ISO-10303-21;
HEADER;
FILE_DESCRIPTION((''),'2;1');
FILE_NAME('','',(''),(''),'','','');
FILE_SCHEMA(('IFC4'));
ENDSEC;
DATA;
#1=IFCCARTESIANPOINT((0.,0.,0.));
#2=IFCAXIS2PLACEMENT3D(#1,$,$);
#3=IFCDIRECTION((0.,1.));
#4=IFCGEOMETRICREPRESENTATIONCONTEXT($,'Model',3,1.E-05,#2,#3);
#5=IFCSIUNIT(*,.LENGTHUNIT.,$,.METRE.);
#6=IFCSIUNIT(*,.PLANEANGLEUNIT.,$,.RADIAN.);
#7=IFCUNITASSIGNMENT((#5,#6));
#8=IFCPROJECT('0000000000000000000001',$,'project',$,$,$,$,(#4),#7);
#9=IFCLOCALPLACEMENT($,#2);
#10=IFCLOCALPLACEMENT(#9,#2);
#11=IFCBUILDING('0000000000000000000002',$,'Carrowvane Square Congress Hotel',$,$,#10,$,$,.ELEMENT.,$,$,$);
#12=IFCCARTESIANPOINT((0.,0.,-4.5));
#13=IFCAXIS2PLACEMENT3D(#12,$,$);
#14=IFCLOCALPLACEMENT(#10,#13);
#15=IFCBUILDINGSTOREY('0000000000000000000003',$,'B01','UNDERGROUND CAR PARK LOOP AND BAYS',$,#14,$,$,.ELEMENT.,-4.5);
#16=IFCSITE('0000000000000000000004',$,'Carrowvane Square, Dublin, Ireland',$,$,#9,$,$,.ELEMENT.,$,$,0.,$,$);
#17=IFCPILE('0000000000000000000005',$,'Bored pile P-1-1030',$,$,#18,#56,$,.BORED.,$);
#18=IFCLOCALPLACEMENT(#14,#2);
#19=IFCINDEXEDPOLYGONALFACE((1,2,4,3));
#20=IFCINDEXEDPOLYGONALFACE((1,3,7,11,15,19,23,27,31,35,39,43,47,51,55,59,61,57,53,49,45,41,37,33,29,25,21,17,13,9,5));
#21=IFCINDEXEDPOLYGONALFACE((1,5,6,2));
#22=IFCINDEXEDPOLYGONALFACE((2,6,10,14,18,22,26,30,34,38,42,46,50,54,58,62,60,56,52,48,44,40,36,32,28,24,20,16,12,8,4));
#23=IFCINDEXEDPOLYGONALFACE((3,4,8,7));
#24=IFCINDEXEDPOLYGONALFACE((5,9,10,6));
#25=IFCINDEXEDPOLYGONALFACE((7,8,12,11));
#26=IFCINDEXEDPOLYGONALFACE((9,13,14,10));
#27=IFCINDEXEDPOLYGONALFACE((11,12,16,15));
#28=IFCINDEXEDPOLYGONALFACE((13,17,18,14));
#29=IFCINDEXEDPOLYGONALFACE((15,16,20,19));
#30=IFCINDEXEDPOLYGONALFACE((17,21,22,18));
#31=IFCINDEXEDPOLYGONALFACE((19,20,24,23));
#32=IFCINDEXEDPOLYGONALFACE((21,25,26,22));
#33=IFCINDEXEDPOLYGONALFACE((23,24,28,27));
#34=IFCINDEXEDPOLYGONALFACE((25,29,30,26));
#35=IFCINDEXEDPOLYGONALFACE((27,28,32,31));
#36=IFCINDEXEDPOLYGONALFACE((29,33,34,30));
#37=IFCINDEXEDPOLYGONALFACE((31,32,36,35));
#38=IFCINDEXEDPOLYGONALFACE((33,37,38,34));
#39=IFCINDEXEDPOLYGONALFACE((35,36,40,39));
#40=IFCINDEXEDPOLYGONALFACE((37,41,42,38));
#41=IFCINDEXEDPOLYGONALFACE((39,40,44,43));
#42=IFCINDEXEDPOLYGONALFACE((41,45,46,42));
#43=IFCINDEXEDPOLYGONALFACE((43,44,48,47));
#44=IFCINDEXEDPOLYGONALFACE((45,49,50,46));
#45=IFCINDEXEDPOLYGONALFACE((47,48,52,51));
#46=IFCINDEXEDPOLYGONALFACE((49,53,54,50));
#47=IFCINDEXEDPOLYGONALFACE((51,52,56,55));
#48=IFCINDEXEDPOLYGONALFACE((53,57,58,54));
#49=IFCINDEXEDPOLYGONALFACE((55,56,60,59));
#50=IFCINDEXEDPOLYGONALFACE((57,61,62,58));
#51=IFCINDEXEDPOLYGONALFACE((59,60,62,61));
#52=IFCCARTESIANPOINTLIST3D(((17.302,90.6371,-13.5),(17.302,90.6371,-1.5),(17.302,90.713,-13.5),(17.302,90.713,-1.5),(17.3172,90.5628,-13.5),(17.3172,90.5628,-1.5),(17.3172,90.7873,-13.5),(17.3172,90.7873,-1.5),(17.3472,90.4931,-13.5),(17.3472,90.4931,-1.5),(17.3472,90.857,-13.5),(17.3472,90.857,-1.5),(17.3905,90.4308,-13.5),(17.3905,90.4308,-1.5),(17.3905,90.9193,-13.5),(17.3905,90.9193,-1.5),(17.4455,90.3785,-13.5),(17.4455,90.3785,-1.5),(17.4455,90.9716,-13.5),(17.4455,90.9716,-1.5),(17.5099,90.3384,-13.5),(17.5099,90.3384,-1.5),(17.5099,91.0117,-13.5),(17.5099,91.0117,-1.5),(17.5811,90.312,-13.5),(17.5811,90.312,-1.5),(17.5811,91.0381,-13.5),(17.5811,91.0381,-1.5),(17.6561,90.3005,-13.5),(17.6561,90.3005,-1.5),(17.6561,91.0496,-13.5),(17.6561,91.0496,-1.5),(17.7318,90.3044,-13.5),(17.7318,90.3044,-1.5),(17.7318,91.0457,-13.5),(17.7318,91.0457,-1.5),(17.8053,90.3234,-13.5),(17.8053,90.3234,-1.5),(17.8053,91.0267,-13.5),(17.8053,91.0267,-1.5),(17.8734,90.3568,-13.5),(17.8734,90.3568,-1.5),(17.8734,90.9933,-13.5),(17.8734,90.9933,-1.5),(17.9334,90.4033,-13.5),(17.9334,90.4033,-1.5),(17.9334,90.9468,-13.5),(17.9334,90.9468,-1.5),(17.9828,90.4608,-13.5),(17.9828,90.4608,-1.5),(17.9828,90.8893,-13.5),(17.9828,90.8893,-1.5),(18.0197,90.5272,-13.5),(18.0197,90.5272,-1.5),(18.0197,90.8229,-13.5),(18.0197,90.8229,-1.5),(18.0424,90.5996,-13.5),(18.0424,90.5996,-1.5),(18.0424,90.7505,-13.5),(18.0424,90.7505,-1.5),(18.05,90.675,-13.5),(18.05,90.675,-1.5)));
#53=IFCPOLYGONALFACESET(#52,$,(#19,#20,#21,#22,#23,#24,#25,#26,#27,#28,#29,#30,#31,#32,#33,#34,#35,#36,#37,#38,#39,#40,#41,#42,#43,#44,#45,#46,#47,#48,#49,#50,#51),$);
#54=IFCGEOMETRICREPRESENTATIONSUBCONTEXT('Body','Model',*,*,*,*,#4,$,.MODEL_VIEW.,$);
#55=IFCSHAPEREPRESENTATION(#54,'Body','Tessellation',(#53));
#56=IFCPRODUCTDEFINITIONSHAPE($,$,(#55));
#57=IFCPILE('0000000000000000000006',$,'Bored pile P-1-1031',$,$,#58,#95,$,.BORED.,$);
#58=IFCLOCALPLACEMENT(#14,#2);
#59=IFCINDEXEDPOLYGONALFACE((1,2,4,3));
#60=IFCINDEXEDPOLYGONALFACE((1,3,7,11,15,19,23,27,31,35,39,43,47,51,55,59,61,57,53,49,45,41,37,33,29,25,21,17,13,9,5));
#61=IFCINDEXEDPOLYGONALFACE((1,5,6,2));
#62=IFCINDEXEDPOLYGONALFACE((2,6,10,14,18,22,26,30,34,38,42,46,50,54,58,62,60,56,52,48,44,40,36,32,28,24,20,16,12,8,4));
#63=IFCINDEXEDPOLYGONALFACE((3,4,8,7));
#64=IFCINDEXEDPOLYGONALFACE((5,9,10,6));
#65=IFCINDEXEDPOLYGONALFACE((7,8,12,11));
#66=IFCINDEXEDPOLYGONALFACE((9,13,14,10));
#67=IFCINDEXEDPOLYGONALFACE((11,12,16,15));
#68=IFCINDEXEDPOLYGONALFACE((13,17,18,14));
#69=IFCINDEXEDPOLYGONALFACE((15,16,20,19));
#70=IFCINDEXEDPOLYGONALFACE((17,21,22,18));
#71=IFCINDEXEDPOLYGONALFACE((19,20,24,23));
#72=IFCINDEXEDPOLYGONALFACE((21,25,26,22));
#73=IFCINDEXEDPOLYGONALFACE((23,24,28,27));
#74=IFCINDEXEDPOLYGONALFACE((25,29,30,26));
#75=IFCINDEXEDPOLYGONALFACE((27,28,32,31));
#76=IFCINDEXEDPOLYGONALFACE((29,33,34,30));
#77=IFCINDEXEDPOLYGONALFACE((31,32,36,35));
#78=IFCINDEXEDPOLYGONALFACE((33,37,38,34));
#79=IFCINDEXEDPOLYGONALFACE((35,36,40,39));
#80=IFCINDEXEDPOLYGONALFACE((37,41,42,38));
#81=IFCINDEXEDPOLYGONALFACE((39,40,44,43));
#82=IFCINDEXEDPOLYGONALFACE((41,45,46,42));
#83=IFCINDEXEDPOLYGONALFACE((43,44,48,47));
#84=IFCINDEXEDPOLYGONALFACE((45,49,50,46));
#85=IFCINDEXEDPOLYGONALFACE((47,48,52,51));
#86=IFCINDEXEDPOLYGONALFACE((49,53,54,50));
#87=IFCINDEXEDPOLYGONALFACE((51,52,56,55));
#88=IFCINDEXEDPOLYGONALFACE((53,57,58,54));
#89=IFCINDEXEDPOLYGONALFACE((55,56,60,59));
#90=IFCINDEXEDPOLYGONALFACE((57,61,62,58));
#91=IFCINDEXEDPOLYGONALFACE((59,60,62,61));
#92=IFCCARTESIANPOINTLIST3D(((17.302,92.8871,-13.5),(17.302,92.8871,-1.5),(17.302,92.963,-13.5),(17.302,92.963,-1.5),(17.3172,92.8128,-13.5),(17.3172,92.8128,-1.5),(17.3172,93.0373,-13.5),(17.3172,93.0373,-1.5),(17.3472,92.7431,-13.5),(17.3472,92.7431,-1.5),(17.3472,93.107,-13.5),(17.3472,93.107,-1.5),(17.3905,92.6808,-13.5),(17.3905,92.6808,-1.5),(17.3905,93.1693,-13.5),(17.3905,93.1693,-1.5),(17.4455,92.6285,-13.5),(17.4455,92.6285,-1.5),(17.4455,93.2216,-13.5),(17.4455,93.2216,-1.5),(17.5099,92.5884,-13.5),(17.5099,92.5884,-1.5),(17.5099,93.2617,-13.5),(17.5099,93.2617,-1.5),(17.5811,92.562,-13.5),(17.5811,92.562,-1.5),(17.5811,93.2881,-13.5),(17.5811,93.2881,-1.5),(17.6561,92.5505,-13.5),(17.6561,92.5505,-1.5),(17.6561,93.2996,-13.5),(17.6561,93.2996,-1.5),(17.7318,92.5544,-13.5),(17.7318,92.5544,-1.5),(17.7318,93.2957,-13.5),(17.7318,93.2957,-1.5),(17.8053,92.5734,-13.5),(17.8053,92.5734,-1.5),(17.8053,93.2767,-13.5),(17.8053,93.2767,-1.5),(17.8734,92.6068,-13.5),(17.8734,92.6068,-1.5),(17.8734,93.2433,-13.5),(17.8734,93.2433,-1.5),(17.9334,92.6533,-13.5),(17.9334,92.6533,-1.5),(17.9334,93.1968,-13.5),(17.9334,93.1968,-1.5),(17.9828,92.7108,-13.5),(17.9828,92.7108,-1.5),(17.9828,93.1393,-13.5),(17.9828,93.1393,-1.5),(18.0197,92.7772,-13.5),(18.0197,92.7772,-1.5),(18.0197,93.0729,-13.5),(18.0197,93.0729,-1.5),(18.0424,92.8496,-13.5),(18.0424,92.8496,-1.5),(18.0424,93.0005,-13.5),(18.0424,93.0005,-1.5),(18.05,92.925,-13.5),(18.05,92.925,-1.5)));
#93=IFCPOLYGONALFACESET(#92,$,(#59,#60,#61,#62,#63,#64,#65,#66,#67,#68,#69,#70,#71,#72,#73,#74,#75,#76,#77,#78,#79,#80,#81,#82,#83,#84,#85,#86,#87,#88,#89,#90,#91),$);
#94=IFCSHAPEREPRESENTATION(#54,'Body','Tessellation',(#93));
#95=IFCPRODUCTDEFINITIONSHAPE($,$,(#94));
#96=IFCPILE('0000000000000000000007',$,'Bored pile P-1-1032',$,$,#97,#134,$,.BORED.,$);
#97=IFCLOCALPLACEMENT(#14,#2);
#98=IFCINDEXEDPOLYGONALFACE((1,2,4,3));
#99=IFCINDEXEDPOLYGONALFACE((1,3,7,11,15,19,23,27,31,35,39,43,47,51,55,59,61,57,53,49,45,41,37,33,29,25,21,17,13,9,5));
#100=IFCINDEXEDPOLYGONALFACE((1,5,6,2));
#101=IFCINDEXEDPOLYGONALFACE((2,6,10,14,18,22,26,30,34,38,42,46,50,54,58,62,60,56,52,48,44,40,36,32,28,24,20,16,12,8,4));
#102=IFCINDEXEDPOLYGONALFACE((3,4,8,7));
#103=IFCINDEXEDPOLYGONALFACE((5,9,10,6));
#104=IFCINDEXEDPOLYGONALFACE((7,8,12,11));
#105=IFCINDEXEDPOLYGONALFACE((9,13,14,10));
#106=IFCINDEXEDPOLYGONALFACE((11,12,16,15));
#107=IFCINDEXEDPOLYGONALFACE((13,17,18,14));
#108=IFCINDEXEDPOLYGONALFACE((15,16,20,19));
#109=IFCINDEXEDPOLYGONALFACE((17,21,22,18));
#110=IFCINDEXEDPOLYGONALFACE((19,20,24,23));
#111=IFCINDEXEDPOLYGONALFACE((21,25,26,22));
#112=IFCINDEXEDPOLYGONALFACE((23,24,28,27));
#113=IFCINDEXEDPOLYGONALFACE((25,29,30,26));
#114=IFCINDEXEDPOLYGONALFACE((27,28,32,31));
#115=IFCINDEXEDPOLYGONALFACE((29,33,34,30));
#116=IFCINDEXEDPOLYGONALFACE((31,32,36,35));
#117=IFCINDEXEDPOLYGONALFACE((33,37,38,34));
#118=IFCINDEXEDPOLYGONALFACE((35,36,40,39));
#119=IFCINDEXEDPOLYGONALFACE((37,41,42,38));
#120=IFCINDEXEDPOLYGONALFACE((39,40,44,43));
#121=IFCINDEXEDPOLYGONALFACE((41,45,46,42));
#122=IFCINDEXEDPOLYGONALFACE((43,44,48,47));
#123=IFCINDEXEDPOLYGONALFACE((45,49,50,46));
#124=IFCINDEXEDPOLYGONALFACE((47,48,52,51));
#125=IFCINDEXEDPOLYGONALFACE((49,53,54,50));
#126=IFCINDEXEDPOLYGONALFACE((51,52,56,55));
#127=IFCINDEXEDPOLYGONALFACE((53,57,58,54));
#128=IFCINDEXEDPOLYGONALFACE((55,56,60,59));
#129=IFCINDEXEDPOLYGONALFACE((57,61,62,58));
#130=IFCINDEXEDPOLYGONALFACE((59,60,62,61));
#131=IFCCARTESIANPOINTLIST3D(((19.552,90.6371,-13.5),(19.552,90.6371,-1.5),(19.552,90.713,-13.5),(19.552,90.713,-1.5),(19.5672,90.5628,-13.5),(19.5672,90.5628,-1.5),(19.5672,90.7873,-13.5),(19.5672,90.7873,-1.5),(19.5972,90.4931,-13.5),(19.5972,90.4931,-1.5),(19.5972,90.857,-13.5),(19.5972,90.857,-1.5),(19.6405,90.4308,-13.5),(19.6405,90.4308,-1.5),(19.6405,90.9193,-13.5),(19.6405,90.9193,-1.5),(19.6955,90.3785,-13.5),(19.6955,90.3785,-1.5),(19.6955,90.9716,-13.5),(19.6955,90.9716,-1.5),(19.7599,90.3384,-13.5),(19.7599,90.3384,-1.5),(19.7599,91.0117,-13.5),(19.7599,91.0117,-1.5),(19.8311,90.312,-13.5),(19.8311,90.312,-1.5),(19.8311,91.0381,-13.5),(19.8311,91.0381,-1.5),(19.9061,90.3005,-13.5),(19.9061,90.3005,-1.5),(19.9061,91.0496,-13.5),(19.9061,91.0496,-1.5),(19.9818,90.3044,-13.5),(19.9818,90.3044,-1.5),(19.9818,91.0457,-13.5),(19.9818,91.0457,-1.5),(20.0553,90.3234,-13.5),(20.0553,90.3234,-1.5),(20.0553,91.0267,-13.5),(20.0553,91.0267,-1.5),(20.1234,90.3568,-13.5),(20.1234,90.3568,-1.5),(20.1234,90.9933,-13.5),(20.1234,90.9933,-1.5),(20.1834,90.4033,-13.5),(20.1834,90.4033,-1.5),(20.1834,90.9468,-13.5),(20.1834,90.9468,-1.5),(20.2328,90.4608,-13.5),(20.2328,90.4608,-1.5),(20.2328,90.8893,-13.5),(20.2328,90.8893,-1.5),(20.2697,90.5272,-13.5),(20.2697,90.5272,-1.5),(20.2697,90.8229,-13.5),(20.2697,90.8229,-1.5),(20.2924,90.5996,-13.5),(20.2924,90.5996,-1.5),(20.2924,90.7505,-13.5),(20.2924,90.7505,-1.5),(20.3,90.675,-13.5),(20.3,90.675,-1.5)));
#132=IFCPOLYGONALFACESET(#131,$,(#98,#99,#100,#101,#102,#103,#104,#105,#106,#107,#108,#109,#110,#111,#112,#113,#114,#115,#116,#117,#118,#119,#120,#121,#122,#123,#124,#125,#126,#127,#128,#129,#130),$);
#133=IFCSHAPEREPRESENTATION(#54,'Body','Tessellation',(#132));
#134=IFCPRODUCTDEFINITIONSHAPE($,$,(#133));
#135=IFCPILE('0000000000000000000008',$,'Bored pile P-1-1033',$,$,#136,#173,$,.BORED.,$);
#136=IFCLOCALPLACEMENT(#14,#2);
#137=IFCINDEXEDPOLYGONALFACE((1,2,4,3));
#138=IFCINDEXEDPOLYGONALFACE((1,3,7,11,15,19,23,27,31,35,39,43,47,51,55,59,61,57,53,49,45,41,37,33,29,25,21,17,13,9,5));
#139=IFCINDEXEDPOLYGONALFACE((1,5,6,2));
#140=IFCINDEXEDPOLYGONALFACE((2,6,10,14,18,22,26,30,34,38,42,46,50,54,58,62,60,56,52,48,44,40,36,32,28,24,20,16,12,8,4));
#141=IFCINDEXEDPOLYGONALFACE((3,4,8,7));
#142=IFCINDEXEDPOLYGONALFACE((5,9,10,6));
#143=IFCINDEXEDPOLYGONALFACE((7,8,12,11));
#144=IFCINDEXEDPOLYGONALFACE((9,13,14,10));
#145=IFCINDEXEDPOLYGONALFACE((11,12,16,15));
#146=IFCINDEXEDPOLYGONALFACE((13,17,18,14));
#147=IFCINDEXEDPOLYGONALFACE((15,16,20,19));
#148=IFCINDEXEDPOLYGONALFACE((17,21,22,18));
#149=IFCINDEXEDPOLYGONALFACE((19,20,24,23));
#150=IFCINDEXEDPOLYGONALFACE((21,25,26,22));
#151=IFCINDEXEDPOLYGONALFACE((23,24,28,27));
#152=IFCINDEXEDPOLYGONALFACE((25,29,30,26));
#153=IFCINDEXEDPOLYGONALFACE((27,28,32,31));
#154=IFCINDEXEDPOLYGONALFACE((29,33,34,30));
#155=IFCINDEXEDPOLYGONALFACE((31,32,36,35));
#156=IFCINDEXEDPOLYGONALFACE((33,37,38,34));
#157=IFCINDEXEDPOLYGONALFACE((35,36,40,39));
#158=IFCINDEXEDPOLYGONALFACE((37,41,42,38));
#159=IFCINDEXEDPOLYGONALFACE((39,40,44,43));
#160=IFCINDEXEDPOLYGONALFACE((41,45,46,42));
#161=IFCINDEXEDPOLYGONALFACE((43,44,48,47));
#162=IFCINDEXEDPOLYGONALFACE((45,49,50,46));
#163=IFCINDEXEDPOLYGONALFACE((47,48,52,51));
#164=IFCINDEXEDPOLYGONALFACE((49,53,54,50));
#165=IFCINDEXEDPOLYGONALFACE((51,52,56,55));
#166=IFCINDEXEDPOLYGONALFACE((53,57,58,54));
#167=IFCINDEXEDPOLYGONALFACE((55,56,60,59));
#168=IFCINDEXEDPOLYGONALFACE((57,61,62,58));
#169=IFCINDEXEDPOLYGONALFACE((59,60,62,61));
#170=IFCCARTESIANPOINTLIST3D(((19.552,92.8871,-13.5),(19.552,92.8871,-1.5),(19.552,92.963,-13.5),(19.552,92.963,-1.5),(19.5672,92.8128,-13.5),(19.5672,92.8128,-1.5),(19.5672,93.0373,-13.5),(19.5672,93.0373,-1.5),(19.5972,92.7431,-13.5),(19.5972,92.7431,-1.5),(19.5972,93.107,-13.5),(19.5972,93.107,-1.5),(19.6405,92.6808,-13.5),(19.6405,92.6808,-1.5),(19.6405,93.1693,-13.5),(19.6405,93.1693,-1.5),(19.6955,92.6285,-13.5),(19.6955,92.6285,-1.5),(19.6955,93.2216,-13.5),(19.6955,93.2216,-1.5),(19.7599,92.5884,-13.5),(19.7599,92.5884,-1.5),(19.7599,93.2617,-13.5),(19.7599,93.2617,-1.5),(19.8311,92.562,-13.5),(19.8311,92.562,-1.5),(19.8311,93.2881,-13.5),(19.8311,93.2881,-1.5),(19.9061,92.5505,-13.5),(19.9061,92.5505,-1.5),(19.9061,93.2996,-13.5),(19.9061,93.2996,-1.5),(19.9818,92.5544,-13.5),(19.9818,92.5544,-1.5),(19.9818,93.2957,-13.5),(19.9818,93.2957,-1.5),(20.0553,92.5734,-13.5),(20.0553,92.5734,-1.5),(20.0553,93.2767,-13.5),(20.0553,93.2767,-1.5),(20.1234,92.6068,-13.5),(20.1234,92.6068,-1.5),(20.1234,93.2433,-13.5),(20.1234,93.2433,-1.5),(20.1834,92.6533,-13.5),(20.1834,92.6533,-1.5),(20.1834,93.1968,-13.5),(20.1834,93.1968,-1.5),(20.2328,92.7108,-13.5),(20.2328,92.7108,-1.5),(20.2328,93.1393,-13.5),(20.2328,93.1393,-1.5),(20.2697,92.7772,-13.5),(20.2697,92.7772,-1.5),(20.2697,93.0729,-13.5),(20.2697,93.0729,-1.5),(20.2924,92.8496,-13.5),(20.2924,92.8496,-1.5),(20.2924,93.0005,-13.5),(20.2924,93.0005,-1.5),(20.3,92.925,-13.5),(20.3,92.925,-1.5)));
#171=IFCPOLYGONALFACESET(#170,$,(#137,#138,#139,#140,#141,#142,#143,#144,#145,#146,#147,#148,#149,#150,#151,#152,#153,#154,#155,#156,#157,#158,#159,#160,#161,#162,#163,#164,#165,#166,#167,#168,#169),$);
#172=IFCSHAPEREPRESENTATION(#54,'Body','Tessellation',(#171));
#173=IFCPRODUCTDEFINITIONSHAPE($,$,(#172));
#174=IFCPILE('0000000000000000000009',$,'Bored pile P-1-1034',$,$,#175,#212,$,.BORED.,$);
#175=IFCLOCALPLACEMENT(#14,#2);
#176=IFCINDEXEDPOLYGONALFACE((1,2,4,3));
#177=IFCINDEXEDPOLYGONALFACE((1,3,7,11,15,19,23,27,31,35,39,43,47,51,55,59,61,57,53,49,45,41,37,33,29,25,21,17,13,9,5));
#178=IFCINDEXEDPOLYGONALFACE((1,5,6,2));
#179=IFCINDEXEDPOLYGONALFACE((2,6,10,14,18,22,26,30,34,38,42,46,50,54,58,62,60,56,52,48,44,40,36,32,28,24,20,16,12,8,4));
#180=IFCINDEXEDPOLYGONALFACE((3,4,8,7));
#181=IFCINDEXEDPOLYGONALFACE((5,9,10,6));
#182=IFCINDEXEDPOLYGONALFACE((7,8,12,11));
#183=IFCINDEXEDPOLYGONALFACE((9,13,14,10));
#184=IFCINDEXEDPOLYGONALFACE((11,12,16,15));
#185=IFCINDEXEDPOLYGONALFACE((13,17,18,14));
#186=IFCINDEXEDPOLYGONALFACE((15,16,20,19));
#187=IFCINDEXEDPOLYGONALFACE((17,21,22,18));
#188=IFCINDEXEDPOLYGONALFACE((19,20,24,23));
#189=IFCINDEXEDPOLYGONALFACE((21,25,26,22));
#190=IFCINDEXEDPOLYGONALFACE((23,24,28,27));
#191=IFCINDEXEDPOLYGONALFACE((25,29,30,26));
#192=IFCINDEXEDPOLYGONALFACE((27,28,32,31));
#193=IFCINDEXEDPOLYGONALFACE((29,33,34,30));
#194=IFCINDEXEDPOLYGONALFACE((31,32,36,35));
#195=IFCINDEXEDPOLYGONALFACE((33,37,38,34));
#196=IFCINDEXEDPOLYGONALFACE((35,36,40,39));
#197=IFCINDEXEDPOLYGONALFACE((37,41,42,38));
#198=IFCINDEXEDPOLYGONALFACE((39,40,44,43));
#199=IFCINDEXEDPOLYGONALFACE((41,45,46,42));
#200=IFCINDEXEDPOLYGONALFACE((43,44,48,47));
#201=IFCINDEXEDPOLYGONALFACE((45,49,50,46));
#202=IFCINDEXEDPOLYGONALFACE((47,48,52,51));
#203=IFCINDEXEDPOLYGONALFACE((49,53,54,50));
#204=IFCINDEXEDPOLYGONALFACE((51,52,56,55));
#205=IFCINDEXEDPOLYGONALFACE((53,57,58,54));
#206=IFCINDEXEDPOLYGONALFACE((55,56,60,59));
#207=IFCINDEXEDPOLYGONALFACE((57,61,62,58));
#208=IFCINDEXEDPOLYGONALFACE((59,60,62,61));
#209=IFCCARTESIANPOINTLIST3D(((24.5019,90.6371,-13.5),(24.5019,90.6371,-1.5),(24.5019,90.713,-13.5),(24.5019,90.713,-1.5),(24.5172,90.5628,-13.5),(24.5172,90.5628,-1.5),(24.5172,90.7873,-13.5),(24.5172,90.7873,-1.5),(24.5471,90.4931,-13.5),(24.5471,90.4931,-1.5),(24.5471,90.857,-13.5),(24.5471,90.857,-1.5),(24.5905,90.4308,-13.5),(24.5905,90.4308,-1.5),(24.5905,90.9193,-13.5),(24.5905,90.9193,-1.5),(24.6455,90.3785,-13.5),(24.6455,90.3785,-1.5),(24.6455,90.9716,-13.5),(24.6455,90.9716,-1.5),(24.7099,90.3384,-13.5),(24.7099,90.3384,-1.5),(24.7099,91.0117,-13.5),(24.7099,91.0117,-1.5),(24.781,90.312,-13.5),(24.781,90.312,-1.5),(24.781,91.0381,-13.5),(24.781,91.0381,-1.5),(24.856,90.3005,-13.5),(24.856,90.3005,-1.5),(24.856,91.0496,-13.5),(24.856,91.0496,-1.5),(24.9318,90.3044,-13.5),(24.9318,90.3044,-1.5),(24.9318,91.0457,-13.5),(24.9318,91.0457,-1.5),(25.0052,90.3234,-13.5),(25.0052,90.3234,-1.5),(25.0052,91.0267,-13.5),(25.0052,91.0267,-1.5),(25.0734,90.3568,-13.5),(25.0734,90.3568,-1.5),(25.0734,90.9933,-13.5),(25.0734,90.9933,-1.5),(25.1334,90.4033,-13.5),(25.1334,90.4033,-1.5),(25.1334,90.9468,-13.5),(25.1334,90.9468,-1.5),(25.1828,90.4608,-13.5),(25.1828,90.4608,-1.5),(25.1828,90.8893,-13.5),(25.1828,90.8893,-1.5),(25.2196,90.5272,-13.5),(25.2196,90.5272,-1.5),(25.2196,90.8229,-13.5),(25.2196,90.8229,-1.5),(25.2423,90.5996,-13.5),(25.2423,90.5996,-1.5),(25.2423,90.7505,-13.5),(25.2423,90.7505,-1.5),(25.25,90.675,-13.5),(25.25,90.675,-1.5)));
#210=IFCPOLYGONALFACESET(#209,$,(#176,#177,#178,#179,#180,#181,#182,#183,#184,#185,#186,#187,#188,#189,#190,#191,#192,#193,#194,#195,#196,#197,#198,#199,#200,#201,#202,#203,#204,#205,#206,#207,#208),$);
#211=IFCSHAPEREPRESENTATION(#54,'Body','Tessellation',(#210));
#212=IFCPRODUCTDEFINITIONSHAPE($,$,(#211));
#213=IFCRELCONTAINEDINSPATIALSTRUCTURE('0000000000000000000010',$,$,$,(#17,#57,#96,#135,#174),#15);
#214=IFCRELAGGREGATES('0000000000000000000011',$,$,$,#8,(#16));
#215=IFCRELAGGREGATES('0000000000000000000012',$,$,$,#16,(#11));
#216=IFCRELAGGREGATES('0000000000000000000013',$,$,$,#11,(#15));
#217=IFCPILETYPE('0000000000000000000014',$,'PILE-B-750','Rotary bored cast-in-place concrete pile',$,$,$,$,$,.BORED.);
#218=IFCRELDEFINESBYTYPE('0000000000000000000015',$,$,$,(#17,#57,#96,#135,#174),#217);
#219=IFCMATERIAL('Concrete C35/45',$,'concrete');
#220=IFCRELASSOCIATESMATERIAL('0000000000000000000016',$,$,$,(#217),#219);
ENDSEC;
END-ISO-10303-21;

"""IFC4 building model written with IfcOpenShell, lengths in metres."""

from ifc_helpers import new_model, si_unit, direction, frame, origin, origin_2d, place, context, subcontext, project, spatial, circle, extrude, material, material_profile, profile_set, type_object, element, save


model = new_model("IFC4")

# Units and contexts
model_context = context("Model", 3, precision=1e-05, world=origin(), true_north=direction((0.0, 1.0)))
body_context = subcontext(model_context, "Body", "Model", "MODEL_VIEW")
ifc_project = project(units=[si_unit("LENGTHUNIT", "METRE"), si_unit("PLANEANGLEUNIT", "RADIAN")], contexts=[model_context])

# Site, building, storey
site_placement = place(None, origin())
site = spatial("IfcSite", under=ifc_project, at=site_placement, Name="Carrowvane Square, Dublin, Ireland", CompositionType="ELEMENT", RefElevation=0.0)
building_placement = place(site_placement, origin())
building = spatial("IfcBuilding", under=site, at=building_placement, Name="Carrowvane Square Congress Hotel", CompositionType="ELEMENT")
storey_placement = place(building_placement, frame((0.0, 0.0, -4.5)))
storey = spatial("IfcBuildingStorey", under=building, at=storey_placement, Name="B01", Description="UNDERGROUND CAR PARK LOOP AND BAYS", CompositionType="ELEMENT", Elevation=-4.5)

# Piles
ifc_material_1 = material(Name="Concrete C35/45", Category="concrete")
ifc_material_profile_1 = material_profile(ifc_material_1, circle(Radius=0.375, at=origin_2d()), Name="PILE D750")
ifc_profile_set_1 = profile_set([ifc_material_profile_1], Name="Concrete C35/45")
pile_type = type_object("IfcPileType", Name="PILE-B-750", Description="Rotary bored cast-in-place concrete pile", PredefinedType="BORED", material=ifc_profile_set_1)
for number, where, z_axis, x_axis, name in (
    (1, (17.675, 90.675, -1.5), (0.0, 0.0, -1.0), (1.0, 0.0, 0.0), "Bored pile P-1-1030"),
    (2, (17.675, 92.925, -1.5), (0.0, 0.0, -1.0), (1.0, 0.0, 0.0), "Bored pile P-1-1031"),
    (3, (19.925, 90.675, -1.5), (0.0, 0.0, -1.0), (1.0, 0.0, 0.0), "Bored pile P-1-1032"),
    (4, (19.925, 92.925, -1.5), (0.0, 0.0, -1.0), (1.0, 0.0, 0.0), "Bored pile P-1-1033"),
    (5, (24.875, 90.675, -1.5), (0.0, 0.0, -1.0), (1.0, 0.0, 0.0), "Bored pile P-1-1034"),
):
    element("IfcPile", number, at=place(storey_placement, frame(where, z_axis=z_axis, x_axis=x_axis)), inside=storey, type_object=pile_type, Name=name, PredefinedType="BORED", context=body_context, shape_type="SweptSolid", body=[
        extrude(circle(Radius=0.375, at=origin_2d()), origin(), (0.0, 0.0, 1.0), 12.0),
    ])

save(model, "model.ifc")
